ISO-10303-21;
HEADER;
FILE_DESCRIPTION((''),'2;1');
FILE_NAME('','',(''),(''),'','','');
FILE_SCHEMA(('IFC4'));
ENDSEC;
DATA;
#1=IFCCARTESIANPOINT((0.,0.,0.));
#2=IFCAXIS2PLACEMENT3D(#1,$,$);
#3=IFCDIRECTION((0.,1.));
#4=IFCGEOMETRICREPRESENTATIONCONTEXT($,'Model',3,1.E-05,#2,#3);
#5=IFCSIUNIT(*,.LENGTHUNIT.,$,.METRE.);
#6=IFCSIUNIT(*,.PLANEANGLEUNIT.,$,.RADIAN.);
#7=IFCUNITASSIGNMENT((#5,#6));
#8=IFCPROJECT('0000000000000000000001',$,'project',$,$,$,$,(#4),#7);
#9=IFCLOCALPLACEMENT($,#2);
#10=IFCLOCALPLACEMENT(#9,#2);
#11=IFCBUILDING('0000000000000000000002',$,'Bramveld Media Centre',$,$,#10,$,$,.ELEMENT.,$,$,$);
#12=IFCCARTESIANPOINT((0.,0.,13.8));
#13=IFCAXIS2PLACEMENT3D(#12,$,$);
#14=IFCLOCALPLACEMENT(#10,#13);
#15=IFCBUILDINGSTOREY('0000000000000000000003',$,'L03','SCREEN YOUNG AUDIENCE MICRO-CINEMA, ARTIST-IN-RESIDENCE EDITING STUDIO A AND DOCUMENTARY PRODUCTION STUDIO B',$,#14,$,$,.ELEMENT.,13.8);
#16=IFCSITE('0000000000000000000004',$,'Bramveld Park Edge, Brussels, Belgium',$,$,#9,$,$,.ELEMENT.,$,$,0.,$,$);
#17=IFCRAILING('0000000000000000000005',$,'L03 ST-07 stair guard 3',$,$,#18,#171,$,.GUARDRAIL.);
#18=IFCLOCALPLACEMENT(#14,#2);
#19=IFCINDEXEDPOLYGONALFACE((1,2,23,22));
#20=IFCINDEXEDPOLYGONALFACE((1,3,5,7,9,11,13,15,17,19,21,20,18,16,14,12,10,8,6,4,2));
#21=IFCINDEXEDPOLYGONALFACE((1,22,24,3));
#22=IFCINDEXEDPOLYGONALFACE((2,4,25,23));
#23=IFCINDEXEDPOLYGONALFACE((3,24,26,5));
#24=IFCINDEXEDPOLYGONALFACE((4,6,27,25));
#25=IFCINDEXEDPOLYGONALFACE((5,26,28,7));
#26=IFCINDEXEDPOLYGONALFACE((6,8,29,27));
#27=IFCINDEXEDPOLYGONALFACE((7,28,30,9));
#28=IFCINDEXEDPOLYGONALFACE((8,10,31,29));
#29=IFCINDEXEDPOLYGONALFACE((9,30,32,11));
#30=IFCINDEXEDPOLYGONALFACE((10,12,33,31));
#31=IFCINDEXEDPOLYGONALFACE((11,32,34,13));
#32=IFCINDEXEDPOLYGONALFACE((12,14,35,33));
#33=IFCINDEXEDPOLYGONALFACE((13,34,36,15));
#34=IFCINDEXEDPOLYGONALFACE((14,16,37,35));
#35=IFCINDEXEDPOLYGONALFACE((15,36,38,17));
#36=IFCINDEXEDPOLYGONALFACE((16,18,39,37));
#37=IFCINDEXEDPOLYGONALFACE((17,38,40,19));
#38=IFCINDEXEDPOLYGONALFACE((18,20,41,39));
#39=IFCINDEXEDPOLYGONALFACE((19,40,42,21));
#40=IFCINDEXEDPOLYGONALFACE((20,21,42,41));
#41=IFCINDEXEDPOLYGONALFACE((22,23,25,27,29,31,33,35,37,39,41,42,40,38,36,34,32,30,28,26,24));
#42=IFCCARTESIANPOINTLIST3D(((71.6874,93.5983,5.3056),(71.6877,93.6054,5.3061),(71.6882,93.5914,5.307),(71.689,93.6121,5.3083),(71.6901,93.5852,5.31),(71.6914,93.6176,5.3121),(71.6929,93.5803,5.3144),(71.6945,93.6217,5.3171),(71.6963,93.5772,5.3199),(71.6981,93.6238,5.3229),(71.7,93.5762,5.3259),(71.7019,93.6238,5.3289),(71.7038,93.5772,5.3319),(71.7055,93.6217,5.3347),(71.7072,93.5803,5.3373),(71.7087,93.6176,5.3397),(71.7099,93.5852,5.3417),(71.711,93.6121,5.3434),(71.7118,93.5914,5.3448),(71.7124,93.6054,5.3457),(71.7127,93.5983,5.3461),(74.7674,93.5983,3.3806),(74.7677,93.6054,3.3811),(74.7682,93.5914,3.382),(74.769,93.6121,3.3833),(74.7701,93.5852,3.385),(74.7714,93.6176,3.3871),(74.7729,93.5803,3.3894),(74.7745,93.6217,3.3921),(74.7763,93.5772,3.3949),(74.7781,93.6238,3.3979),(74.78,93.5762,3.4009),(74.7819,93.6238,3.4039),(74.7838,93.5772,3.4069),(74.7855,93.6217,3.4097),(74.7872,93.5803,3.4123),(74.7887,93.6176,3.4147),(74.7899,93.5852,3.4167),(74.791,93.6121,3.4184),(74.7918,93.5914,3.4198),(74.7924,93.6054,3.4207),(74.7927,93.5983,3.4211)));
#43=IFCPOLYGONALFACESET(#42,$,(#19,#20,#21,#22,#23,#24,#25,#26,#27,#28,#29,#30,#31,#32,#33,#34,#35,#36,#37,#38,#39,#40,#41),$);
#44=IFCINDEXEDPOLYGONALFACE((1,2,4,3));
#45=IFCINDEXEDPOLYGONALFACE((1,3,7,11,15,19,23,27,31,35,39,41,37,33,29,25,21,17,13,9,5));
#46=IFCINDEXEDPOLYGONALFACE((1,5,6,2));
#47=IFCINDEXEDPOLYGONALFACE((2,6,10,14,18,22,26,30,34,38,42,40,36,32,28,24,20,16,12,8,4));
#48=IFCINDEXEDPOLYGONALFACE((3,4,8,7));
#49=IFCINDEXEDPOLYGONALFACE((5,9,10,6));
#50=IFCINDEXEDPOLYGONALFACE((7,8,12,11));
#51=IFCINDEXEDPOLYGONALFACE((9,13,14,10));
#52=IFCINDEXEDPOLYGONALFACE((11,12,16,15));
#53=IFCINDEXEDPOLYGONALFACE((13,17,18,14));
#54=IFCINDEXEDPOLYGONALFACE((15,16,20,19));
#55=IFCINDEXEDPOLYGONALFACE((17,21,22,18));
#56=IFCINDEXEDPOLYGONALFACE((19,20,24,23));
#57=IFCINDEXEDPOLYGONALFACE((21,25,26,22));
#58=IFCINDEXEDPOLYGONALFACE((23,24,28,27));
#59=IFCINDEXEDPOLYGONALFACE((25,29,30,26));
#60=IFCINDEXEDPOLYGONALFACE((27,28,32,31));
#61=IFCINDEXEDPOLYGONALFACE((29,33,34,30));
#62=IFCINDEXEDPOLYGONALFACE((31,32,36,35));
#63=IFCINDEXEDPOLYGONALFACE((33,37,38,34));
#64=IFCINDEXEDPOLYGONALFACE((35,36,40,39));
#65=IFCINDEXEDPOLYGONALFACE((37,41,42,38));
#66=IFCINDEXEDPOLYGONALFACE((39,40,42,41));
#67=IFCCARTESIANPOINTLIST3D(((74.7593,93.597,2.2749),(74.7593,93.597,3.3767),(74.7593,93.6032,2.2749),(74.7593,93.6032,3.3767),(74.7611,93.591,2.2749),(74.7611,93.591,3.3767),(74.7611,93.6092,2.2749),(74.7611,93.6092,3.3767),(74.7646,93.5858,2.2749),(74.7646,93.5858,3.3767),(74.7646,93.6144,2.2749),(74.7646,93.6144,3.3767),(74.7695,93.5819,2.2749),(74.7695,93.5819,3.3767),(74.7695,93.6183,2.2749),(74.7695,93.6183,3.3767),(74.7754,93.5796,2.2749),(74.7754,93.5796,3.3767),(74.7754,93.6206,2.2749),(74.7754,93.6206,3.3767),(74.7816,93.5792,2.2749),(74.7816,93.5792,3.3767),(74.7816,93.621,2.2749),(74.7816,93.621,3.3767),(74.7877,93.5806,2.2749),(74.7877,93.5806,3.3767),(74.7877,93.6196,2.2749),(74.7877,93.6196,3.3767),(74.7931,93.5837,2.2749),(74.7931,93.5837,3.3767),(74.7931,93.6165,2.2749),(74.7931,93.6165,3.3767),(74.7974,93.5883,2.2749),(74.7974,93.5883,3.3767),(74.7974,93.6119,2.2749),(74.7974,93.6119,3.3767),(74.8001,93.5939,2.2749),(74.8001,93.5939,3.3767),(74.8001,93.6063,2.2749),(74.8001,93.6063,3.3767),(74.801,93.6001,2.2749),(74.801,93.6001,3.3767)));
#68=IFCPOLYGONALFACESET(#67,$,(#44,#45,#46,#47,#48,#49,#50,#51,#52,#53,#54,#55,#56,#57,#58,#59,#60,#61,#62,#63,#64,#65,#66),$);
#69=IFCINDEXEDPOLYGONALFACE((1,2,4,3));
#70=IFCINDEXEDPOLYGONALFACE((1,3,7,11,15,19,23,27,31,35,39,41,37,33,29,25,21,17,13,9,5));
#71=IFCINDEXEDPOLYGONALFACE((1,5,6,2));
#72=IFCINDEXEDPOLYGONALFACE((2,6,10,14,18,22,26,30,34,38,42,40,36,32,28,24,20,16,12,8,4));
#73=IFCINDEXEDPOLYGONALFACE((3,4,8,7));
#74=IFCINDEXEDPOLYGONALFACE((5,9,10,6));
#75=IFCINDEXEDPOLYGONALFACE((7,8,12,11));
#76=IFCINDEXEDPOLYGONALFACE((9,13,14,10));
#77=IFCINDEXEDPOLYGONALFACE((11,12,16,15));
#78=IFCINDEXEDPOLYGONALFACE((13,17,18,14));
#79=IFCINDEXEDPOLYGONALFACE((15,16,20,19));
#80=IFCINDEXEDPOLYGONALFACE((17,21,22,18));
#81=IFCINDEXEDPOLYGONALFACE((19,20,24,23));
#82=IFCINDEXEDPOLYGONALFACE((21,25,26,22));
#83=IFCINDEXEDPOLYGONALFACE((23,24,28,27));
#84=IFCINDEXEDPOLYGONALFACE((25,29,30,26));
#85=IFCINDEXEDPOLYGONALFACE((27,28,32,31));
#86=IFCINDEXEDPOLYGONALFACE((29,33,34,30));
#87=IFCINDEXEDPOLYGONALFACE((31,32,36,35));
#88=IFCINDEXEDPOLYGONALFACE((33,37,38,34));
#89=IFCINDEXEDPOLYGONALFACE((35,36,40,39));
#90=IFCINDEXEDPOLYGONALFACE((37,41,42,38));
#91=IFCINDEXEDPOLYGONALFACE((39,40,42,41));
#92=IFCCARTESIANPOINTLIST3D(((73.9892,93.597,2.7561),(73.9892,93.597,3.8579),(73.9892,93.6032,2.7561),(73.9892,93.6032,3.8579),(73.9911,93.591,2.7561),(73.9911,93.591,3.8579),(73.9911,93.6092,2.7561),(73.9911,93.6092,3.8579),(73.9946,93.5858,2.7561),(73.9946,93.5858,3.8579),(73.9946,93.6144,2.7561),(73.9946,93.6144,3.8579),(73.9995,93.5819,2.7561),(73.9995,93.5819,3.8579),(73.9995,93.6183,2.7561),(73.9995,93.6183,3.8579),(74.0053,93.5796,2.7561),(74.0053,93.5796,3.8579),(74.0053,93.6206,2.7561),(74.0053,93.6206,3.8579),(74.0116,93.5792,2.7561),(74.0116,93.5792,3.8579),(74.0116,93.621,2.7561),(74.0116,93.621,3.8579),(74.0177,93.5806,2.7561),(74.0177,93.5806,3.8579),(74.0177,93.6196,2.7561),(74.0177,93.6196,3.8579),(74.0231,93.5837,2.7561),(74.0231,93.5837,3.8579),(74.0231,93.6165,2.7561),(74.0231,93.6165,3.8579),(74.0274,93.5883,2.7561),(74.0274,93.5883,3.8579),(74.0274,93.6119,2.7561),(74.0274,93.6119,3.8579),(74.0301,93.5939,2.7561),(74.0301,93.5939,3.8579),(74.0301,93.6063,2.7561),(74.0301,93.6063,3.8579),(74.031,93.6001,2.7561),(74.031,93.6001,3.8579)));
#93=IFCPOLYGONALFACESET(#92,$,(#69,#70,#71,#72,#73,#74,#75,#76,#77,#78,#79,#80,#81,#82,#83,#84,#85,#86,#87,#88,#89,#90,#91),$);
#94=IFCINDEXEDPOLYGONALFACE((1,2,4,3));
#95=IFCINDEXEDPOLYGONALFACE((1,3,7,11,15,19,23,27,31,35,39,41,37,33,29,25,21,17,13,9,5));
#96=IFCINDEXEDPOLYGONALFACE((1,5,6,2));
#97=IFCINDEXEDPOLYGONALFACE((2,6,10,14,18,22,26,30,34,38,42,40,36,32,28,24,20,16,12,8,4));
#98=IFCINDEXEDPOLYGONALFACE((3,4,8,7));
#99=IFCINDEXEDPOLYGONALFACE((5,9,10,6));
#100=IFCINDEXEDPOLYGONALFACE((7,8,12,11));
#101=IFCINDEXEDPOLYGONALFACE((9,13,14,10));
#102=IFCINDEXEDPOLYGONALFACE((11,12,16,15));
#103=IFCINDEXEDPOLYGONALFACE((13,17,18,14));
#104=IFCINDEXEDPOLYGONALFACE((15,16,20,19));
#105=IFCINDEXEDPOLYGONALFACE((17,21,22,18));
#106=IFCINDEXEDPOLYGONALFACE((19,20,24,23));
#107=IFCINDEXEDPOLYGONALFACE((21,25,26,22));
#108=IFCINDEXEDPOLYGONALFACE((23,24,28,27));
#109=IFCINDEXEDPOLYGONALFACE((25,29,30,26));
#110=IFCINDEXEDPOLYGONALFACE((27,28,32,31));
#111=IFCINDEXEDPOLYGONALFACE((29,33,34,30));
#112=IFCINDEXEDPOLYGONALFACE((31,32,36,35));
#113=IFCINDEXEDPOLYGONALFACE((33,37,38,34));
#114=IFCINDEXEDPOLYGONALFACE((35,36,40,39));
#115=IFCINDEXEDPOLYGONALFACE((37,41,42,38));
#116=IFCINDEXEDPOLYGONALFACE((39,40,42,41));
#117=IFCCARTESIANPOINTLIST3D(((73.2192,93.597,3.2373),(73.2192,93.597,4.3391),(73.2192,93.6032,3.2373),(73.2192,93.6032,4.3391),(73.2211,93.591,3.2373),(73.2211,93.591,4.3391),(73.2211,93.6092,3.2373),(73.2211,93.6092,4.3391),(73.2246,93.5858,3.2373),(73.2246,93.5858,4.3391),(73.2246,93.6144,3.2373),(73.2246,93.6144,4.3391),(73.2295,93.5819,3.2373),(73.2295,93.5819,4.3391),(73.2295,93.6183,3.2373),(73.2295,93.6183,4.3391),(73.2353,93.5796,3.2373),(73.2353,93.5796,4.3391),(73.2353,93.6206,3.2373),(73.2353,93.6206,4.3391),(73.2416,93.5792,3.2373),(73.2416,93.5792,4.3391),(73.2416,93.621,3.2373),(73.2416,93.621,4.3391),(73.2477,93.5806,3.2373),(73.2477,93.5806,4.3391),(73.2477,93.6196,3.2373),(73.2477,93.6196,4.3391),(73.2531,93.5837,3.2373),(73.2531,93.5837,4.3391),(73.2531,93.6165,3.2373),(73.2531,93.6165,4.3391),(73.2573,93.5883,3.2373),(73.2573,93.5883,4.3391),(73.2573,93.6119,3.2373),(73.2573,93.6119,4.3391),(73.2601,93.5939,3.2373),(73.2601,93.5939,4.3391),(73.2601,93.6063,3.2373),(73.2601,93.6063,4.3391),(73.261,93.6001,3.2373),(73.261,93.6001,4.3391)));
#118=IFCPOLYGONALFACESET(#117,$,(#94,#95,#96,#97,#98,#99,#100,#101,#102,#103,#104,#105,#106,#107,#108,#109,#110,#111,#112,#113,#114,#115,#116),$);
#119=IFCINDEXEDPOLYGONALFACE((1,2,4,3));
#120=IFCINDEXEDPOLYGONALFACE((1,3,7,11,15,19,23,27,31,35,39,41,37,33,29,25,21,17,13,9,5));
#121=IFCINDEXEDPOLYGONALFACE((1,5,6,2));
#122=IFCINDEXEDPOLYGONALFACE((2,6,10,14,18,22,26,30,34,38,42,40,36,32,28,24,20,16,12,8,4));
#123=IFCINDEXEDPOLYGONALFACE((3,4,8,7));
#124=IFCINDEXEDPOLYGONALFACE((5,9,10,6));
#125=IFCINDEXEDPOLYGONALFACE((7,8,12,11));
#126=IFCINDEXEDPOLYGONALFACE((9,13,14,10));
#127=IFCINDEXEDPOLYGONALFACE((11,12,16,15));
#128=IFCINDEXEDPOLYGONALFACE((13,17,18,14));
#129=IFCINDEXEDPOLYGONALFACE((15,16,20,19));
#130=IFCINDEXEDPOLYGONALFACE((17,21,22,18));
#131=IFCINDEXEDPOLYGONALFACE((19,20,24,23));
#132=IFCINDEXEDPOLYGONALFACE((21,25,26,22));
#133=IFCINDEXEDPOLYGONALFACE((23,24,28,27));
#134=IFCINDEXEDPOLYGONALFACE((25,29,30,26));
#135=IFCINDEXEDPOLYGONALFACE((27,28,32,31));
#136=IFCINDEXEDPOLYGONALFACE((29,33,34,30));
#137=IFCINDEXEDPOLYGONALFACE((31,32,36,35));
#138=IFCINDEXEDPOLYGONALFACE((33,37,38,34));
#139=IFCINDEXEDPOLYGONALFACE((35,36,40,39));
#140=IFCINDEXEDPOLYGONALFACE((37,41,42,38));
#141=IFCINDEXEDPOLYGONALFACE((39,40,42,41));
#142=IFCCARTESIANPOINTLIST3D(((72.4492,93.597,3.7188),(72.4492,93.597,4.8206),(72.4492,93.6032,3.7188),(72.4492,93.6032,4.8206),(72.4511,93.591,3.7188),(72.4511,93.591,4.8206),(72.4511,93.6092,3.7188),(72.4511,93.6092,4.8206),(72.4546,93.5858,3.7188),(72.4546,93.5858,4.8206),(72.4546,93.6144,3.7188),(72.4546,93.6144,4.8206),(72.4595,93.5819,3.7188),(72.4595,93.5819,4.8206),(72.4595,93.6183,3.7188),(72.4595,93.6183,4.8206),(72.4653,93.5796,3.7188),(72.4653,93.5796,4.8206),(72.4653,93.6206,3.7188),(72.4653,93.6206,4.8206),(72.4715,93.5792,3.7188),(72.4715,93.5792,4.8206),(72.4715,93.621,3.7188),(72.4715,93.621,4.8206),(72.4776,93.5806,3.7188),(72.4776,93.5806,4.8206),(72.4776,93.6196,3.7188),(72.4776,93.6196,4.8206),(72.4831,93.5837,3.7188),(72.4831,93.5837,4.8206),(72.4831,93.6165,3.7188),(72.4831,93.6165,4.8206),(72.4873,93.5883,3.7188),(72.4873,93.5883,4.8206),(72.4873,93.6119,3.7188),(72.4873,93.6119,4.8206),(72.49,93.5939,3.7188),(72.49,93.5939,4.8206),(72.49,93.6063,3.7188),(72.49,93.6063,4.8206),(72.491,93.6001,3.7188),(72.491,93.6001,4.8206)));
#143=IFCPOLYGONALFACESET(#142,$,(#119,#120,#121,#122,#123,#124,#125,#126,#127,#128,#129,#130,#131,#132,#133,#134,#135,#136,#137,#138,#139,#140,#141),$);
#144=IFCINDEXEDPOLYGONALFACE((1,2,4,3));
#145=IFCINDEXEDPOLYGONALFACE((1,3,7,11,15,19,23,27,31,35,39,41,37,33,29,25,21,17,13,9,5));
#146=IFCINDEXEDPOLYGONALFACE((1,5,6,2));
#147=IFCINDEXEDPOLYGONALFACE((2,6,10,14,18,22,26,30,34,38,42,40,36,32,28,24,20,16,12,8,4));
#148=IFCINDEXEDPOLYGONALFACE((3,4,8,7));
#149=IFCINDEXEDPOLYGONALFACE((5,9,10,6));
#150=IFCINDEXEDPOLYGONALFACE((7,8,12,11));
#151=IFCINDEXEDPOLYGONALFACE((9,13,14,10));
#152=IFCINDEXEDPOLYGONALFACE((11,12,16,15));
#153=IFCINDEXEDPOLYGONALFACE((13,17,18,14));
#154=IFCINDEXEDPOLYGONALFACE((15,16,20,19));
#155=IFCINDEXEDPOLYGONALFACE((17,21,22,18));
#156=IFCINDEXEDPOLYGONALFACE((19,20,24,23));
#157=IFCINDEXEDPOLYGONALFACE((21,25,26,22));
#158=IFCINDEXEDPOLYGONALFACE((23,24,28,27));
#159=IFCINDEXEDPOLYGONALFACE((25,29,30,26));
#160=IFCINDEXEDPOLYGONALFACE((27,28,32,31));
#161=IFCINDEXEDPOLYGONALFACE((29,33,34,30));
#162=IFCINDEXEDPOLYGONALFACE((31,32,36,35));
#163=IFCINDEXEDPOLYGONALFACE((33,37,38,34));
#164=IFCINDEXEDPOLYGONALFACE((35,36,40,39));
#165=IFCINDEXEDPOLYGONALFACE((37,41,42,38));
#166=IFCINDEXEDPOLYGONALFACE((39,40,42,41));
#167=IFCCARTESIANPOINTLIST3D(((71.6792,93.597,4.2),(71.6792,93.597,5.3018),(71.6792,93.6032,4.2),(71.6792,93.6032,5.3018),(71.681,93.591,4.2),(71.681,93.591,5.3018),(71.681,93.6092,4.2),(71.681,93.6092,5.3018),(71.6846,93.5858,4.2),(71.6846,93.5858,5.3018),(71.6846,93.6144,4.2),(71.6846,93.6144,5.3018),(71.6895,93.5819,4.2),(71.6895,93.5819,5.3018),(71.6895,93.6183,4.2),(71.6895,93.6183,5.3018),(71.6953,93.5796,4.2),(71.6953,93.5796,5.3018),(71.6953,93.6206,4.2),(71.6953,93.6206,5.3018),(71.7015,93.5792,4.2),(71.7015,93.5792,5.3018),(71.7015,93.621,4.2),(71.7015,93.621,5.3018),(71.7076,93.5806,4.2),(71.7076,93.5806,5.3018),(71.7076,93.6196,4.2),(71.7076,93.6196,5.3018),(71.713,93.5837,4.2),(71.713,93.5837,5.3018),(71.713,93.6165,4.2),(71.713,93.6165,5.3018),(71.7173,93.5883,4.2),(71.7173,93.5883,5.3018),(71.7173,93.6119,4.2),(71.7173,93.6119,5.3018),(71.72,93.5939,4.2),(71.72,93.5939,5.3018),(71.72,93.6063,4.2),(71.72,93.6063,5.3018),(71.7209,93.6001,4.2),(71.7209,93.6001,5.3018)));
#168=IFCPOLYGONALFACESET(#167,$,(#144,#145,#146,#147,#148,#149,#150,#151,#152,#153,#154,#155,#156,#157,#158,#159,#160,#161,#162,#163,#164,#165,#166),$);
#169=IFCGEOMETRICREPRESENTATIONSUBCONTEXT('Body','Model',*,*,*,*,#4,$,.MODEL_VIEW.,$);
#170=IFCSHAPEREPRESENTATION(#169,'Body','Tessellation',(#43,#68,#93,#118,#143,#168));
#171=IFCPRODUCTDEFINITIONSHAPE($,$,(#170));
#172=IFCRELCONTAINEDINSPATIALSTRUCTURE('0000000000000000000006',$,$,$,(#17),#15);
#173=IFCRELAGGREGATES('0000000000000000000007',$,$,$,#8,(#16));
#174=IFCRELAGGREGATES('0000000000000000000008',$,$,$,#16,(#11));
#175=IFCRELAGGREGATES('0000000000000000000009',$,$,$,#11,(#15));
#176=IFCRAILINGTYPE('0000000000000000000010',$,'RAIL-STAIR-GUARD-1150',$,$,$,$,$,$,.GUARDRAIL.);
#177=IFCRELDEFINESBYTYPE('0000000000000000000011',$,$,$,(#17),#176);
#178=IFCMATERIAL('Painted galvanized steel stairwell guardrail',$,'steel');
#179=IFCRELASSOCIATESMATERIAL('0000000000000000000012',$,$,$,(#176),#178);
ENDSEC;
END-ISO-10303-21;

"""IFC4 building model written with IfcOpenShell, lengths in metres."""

from ifc_helpers import new_model, si_unit, direction, frame, origin, origin_2d, place, context, subcontext, project, spatial, circle, extrude, material, type_object, element, save


model = new_model("IFC4")

# Units and contexts
model_context = context("Model", 3, precision=1e-05, world=origin(), true_north=direction((0.0, 1.0)))
body_context = subcontext(model_context, "Body", "Model", "MODEL_VIEW")
ifc_project = project(units=[si_unit("LENGTHUNIT", "METRE"), si_unit("PLANEANGLEUNIT", "RADIAN")], contexts=[model_context])

# Site, building, storey
site_placement = place(None, origin())
site = spatial("IfcSite", under=ifc_project, at=site_placement, Name="Bramveld Park Edge, Brussels, Belgium", CompositionType="ELEMENT", RefElevation=0.0)
building_placement = place(site_placement, origin())
building = spatial("IfcBuilding", under=site, at=building_placement, Name="Bramveld Media Centre", CompositionType="ELEMENT")
storey_placement = place(building_placement, frame((0.0, 0.0, 13.8)))
storey = spatial("IfcBuildingStorey", under=building, at=storey_placement, Name="L03", Description="SCREEN YOUNG AUDIENCE MICRO-CINEMA, ARTIST-IN-RESIDENCE EDITING STUDIO A AND DOCUMENTARY PRODUCTION STUDIO B", CompositionType="ELEMENT", Elevation=13.8)

# Railing
ifc_material_1 = material(Name="Painted galvanized steel stairwell guardrail", Category="steel")
railing_type_1 = type_object("IfcRailingType", Name="RAIL-STAIR-GUARD-1150", PredefinedType="GUARDRAIL", material=ifc_material_1)
railing_1_placement = place(storey_placement, frame((74.78, 93.6001, 2.2749)))
element("IfcRailing", 1, at=railing_1_placement, inside=storey, type_object=railing_type_1, Name="L03 ST-07 stair guard 3", PredefinedType="GUARDRAIL", context=body_context, shape_type="SweptSolid", body=[
    extrude(circle(Radius=0.0239, at=origin_2d()), frame((0.0, 0.0, 1.126), z_axis=(-0.847998, 0.0, 0.529999), x_axis=(0.0, -1.0, 0.0)), (0.0, 0.0, 1.0), 3.6321),
    extrude(circle(Radius=0.021, at=origin_2d()), origin(), (0.0, 0.0, 1.0), 1.1018),
    extrude(circle(Radius=0.021, at=origin_2d()), frame((-0.77, 0.0, 0.4812)), (0.0, 0.0, 1.0), 1.1018),
    extrude(circle(Radius=0.021, at=origin_2d()), frame((-1.54, 0.0, 0.9624)), (0.0, 0.0, 1.0), 1.1018),
    extrude(circle(Radius=0.021, at=origin_2d()), frame((-2.3101, 0.0, 1.4438)), (0.0, 0.0, 1.0), 1.1018),
    extrude(circle(Radius=0.021, at=origin_2d()), frame((-3.0801, 0.0, 1.925)), (0.0, 0.0, 1.0), 1.1018),
])

save(model, "model.ifc")
